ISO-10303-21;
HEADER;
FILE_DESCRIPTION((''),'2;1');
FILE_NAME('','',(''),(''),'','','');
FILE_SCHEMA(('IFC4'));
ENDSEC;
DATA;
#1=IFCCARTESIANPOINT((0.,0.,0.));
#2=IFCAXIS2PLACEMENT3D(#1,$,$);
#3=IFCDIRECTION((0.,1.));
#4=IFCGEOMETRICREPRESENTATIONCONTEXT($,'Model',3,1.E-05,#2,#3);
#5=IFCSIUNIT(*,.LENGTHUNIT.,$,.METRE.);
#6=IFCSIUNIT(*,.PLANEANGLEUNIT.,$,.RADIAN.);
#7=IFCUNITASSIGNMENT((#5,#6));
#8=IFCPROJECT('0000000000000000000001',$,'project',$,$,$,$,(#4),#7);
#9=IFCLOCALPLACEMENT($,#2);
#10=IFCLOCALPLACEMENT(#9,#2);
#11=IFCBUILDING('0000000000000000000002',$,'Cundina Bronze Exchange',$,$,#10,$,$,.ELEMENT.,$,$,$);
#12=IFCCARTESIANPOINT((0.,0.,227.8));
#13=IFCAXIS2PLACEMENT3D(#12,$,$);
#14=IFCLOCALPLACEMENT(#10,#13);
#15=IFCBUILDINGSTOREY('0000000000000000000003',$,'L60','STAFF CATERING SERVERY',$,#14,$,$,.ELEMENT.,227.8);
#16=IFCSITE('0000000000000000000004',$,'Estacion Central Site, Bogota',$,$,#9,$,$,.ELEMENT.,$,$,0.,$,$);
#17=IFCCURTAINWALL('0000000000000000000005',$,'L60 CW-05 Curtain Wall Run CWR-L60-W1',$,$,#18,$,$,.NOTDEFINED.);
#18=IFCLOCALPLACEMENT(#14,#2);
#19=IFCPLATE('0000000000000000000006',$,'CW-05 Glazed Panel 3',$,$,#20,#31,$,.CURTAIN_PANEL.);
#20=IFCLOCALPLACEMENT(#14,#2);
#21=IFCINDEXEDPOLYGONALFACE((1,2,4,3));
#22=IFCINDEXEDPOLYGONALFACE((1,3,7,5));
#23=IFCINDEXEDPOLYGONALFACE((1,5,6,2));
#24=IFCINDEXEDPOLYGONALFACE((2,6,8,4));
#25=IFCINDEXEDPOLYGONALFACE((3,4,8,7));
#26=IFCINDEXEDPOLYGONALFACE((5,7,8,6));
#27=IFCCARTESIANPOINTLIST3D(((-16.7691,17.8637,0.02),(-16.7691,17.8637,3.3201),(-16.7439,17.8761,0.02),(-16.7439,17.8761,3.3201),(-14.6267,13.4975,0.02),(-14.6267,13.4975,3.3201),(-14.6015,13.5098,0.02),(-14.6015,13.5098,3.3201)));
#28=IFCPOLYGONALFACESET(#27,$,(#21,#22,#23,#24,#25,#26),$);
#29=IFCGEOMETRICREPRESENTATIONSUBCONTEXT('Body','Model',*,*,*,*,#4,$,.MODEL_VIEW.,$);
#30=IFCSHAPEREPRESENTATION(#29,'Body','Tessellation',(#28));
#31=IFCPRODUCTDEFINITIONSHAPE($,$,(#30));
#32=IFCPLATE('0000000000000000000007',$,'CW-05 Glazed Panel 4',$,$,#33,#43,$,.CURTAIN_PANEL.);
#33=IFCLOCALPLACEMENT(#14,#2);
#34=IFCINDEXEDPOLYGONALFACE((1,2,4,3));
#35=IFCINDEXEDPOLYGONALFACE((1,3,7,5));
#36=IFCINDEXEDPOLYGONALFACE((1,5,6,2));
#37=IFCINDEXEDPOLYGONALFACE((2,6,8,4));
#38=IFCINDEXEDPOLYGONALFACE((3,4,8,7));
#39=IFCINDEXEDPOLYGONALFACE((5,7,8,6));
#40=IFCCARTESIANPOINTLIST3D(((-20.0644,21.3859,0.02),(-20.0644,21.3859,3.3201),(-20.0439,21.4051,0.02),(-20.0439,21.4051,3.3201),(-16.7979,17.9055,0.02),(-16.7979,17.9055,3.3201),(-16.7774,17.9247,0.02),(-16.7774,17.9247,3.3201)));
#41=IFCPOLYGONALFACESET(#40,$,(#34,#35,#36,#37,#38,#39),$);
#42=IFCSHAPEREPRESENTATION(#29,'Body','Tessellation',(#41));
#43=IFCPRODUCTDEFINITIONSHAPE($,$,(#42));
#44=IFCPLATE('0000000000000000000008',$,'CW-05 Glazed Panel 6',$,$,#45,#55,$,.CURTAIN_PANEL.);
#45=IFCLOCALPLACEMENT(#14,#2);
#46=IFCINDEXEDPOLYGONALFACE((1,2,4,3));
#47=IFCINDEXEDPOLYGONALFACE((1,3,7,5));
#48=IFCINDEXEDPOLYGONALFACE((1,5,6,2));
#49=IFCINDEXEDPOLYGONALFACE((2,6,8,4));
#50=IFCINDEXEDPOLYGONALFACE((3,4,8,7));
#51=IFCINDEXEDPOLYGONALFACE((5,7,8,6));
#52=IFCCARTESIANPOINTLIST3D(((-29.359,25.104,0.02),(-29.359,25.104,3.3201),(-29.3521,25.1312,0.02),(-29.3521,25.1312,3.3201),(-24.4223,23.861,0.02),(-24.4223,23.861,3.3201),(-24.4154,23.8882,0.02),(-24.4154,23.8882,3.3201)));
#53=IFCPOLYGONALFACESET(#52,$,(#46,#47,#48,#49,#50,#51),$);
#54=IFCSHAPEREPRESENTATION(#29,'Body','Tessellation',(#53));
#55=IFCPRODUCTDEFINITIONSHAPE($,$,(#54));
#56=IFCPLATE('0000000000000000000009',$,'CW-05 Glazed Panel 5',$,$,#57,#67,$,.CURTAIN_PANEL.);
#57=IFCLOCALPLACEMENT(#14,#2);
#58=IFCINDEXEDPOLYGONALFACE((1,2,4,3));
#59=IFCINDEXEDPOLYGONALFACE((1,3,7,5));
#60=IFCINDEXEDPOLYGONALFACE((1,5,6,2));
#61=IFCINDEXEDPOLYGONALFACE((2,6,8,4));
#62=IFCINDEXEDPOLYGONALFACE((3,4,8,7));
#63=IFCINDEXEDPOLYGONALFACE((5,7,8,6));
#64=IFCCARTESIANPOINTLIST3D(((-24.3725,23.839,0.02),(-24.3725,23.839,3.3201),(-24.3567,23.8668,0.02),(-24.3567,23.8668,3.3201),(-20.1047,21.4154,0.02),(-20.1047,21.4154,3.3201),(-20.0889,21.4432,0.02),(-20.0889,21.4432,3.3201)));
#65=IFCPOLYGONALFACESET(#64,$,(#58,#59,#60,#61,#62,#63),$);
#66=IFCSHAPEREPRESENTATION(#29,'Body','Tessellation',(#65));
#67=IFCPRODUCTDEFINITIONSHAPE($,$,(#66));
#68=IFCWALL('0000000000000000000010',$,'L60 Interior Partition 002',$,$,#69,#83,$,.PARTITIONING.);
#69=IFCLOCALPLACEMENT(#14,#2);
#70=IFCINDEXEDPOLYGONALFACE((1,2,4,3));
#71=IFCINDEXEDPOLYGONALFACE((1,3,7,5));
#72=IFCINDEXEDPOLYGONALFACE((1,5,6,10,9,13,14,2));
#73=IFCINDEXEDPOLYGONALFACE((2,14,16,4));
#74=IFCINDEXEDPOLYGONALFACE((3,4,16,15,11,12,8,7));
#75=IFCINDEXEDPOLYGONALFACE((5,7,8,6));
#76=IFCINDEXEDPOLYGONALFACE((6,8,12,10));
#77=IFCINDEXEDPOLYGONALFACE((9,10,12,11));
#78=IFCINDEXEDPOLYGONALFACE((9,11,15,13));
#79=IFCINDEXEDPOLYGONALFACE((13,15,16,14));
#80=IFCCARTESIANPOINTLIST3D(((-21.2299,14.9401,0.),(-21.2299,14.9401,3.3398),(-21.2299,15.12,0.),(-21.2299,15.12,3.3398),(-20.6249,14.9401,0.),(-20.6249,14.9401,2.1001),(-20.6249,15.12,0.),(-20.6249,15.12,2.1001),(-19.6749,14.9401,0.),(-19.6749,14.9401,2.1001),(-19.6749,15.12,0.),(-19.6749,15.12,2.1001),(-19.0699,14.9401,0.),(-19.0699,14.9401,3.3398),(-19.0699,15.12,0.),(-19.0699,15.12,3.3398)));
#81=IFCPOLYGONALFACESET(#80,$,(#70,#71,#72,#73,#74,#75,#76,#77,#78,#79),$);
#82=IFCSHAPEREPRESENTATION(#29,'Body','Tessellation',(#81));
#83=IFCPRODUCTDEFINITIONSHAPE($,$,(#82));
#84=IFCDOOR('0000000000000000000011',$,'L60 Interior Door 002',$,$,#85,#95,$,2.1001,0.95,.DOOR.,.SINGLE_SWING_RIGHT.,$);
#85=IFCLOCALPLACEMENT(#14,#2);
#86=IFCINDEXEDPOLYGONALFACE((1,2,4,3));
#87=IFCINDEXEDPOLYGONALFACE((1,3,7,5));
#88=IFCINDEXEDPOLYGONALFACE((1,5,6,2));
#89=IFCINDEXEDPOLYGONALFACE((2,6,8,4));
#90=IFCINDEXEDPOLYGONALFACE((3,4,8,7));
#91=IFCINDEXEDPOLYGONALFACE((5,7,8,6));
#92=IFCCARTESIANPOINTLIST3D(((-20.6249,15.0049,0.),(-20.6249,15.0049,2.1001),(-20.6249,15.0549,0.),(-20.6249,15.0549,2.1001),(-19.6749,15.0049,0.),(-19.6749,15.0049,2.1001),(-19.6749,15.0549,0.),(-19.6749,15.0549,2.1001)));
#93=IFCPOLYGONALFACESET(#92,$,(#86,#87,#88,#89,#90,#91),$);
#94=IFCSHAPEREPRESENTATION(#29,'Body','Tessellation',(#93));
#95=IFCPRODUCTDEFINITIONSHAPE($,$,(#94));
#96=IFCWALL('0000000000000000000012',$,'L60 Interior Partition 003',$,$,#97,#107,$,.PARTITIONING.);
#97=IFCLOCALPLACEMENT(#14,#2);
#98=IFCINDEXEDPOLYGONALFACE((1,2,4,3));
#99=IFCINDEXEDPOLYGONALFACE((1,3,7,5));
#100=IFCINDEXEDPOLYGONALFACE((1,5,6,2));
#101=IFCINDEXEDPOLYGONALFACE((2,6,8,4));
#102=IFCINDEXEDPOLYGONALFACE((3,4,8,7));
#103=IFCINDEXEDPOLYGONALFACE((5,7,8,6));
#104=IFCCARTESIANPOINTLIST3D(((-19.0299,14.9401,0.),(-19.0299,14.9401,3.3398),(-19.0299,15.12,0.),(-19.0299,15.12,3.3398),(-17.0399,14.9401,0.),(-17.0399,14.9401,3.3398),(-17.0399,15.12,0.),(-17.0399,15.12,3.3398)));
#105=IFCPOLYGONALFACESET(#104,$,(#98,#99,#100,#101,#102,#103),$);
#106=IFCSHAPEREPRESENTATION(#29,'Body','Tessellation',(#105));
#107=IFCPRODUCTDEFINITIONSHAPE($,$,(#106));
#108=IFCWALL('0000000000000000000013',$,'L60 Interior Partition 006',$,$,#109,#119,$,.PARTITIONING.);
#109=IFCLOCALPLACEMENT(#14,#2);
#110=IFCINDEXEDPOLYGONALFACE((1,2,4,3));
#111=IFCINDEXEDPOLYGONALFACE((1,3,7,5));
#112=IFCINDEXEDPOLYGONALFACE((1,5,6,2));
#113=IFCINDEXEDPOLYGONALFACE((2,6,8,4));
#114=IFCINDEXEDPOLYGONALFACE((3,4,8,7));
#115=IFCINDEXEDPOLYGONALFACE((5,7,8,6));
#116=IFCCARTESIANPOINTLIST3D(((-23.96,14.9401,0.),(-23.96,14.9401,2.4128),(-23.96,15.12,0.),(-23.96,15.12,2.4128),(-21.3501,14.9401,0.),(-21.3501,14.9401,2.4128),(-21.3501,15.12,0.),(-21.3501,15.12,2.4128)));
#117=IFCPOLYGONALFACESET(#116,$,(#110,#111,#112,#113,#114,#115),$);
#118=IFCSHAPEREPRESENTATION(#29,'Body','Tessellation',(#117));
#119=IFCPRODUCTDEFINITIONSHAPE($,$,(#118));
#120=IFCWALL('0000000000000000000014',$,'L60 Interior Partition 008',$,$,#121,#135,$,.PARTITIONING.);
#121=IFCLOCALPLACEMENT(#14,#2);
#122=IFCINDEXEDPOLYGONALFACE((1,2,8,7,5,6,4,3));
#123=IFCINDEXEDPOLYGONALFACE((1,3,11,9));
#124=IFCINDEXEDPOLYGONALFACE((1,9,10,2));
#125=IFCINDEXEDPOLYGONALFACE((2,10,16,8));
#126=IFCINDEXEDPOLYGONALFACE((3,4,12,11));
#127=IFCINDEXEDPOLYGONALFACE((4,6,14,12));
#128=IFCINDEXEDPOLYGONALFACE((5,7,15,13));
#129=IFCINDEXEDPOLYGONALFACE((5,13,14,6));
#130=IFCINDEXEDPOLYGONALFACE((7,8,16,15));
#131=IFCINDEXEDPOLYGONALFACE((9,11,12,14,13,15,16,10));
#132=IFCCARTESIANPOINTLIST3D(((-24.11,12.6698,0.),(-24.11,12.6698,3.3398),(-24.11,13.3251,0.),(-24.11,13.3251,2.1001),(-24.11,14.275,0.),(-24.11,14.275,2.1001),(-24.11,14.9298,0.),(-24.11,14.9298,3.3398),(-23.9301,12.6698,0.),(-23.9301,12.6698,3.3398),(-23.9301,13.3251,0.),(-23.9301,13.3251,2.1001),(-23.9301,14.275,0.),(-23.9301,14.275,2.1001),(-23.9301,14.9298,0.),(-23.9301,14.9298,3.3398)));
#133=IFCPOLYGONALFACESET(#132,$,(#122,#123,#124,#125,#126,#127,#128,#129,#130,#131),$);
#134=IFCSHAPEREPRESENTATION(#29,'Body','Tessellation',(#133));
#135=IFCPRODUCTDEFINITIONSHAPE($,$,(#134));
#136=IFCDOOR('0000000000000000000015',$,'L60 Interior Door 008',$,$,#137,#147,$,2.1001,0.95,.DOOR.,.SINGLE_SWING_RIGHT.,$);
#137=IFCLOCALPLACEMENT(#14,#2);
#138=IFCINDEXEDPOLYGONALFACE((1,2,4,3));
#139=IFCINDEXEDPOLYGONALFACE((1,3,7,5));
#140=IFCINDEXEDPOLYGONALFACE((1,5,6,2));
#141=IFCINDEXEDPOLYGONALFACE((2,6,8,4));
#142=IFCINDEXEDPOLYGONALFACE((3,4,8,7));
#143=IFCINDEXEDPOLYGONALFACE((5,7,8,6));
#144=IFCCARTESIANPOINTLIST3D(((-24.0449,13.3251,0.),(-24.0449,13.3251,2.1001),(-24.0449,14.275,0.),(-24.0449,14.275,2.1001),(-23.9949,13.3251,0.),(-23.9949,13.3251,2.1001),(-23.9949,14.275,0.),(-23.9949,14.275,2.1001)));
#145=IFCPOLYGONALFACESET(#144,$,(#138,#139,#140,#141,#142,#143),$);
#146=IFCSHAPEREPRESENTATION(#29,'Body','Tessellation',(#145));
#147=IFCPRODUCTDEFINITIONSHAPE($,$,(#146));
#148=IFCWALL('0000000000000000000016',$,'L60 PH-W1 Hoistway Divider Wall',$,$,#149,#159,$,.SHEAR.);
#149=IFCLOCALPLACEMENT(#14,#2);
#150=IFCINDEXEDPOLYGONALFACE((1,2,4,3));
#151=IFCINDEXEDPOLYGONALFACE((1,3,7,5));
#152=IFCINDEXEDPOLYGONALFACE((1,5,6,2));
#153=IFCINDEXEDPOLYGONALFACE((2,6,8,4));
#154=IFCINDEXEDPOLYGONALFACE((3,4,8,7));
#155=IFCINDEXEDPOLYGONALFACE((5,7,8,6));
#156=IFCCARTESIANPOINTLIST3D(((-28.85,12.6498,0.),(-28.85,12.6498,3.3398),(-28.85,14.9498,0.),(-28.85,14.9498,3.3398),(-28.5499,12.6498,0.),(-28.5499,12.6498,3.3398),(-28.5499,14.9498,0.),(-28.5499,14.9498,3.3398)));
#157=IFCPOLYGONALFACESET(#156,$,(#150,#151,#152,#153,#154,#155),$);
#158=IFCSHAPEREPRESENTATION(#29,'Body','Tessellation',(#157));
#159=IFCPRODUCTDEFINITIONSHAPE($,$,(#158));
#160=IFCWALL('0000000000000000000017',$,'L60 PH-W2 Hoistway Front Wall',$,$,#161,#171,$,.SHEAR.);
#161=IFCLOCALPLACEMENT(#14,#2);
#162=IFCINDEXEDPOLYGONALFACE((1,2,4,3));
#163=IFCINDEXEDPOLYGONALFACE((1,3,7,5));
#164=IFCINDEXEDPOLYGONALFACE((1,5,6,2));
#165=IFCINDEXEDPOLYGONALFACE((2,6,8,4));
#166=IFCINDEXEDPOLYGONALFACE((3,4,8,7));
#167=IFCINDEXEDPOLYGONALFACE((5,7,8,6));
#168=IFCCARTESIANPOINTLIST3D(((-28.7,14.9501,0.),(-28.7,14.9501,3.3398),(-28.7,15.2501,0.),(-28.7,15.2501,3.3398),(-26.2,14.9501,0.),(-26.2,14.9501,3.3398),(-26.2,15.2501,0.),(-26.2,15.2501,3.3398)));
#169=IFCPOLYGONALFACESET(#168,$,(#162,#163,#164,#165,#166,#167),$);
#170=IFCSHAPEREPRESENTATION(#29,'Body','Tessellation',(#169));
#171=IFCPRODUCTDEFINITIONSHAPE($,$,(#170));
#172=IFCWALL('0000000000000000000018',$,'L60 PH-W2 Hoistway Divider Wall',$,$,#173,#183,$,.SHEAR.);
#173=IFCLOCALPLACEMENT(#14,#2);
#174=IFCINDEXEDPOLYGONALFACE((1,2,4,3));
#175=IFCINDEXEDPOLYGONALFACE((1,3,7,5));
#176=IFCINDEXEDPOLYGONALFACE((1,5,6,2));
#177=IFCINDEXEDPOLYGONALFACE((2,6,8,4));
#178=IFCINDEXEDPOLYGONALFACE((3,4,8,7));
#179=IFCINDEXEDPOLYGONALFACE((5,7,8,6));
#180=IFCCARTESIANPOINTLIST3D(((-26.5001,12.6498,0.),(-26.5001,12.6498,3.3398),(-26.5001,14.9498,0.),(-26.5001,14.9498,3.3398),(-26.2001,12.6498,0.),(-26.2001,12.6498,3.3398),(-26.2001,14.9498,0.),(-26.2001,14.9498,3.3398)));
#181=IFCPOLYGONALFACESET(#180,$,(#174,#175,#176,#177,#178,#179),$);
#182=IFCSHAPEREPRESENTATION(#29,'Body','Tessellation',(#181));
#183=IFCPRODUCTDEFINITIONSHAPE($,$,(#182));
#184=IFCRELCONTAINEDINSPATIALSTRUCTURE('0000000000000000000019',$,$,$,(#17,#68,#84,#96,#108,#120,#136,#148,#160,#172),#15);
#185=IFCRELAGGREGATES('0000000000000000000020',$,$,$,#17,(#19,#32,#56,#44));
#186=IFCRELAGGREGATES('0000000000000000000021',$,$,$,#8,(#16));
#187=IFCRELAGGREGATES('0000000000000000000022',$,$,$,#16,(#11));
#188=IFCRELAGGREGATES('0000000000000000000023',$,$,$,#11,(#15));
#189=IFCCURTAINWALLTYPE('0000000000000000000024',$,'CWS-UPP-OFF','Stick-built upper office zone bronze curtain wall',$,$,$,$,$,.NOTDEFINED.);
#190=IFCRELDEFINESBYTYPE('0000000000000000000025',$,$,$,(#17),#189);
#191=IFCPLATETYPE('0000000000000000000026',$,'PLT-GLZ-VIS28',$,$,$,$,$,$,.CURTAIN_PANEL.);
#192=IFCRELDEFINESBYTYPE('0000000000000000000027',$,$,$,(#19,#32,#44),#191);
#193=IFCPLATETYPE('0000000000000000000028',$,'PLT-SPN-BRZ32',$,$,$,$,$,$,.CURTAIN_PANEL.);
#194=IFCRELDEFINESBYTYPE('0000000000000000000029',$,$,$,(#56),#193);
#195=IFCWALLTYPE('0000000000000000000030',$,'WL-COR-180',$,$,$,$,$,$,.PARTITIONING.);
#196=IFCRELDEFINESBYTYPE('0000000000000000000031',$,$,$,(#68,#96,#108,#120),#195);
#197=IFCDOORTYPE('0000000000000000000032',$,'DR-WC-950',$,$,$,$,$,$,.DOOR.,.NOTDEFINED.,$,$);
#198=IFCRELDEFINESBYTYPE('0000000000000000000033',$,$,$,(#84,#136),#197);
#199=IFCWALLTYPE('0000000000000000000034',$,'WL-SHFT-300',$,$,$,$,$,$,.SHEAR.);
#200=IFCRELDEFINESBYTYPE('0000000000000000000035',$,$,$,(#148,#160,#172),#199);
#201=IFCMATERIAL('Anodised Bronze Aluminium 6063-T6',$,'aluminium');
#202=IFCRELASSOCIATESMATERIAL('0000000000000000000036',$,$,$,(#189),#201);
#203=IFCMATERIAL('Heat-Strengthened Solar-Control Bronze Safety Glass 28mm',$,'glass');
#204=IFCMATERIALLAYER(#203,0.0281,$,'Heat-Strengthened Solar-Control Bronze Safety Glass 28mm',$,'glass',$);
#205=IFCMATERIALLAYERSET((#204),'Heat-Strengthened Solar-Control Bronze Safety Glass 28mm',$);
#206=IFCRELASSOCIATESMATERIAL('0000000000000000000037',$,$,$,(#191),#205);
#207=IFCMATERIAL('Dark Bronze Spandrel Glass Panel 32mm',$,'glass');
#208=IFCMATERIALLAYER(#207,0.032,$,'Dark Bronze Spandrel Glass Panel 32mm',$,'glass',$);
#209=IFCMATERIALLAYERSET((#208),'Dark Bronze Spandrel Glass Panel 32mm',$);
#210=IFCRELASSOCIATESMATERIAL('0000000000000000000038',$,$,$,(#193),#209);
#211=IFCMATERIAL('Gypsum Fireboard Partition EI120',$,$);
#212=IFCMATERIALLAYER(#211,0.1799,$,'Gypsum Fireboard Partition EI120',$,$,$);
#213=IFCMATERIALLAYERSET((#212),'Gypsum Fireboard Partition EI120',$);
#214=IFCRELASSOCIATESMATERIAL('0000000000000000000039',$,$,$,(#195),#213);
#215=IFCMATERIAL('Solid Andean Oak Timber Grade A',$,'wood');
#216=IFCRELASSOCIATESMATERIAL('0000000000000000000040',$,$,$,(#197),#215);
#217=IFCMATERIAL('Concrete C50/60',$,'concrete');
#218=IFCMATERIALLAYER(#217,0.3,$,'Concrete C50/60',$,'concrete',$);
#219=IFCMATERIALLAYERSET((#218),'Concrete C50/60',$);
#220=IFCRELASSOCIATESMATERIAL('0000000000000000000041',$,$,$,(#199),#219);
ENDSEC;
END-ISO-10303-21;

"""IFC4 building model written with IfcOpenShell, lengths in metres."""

from ifc_helpers import new_model, si_unit, direction, frame, frame_2d, origin, origin_2d, place, context, subcontext, project, spatial, rectangle, extrude, material, layer, layer_set, type_object, element, fill, aggregate, save


model = new_model("IFC4")

# Units and contexts
model_context = context("Model", 3, precision=1e-05, world=origin(), true_north=direction((0.0, 1.0)))
body_context = subcontext(model_context, "Body", "Model", "MODEL_VIEW")
ifc_project = project(units=[si_unit("LENGTHUNIT", "METRE"), si_unit("PLANEANGLEUNIT", "RADIAN")], contexts=[model_context])

# Site, building, storey
site_placement = place(None, origin())
site = spatial("IfcSite", under=ifc_project, at=site_placement, Name="Estacion Central Site, Bogota", CompositionType="ELEMENT", RefElevation=0.0)
building_placement = place(site_placement, origin())
building = spatial("IfcBuilding", under=site, at=building_placement, Name="Cundina Bronze Exchange", CompositionType="ELEMENT")
storey_placement = place(building_placement, frame((0.0, 0.0, 227.8)))
storey = spatial("IfcBuildingStorey", under=building, at=storey_placement, Name="L60", Description="STAFF CATERING SERVERY", CompositionType="ELEMENT", Elevation=227.8)

# Shared definitions
ifc_material_1 = material(Name="Concrete C50/60", Category="concrete")

# Curtain wall, plates
ifc_material_2 = material(Name="Anodised Bronze Aluminium 6063-T6", Category="aluminium")
curtain_wall_type = type_object("IfcCurtainWallType", Name="CWS-UPP-OFF", Description="Stick-built upper office zone bronze curtain wall", PredefinedType="NOTDEFINED", material=ifc_material_2)
curtain_wall_placement = place(storey_placement, origin())
curtain_wall = element("IfcCurtainWall", 1, at=curtain_wall_placement, inside=storey, type_object=curtain_wall_type, Name="L60 CW-05 Curtain Wall Run CWR-L60-W1", PredefinedType="NOTDEFINED")
ifc_material_3 = material(Name="Heat-Strengthened Solar-Control Bronze Safety Glass 28mm", Category="glass")
ifc_layer_1 = layer(ifc_material_3, 0.0281, Name="Heat-Strengthened Solar-Control Bronze Safety Glass 28mm", Category="glass")
ifc_layer_set_1 = layer_set([ifc_layer_1], Name="Heat-Strengthened Solar-Control Bronze Safety Glass 28mm")
plate_type_1 = type_object("IfcPlateType", Name="PLT-GLZ-VIS28", PredefinedType="CURTAIN_PANEL", material=ifc_layer_set_1)
plate_1_placement = place(storey_placement, frame((-15.6853, 15.6868, 0.02), z_axis=(0.0, 0.0, 1.0), x_axis=(-0.440503, 0.897751, 0.0)))
plate_1 = element("IfcPlate", 2, at=plate_1_placement, type_object=plate_type_1, Name="CW-05 Glazed Panel 3", PredefinedType="CURTAIN_PANEL", context=body_context, shape_type="SweptSolid", body=[
    extrude(rectangle(XDim=4.8635, YDim=0.0281, at=origin_2d()), origin(), (0.0, 0.0, 1.0), 3.3),
])
plate_2_placement = place(storey_placement, frame((-18.4209, 19.6553, 0.02), z_axis=(0.0, 0.0, 1.0), x_axis=(-0.684344, 0.72916, 0.0)))
plate_2 = element("IfcPlate", 3, at=plate_2_placement, type_object=plate_type_1, Name="CW-05 Glazed Panel 4", PredefinedType="CURTAIN_PANEL", context=body_context, shape_type="SweptSolid", body=[
    extrude(rectangle(XDim=4.7732, YDim=0.0281, at=origin_2d()), origin(), (0.0, 0.0, 1.0), 3.3),
])
plate_3_placement = place(storey_placement, frame((-26.8872, 24.4961, 0.02), z_axis=(0.0, 0.0, 1.0), x_axis=(-0.969732, 0.244174, 0.0)))
plate_3 = element("IfcPlate", 4, at=plate_3_placement, type_object=plate_type_1, Name="CW-05 Glazed Panel 6", PredefinedType="CURTAIN_PANEL", context=body_context, shape_type="SweptSolid", body=[
    extrude(rectangle(XDim=5.0908, YDim=0.0281, at=origin_2d()), origin(), (0.0, 0.0, 1.0), 3.3),
])
ifc_material_4 = material(Name="Dark Bronze Spandrel Glass Panel 32mm", Category="glass")
ifc_layer_2 = layer(ifc_material_4, 0.032, Name="Dark Bronze Spandrel Glass Panel 32mm", Category="glass")
ifc_layer_set_2 = layer_set([ifc_layer_2], Name="Dark Bronze Spandrel Glass Panel 32mm")
plate_type_2 = type_object("IfcPlateType", Name="PLT-SPN-BRZ32", PredefinedType="CURTAIN_PANEL", material=ifc_layer_set_2)
plate_4_placement = place(storey_placement, frame((-22.2307, 22.6411, 0.02), z_axis=(0.0, 0.0, 1.0), x_axis=(-0.869573, 0.493805, 0.0)))
plate_4 = element("IfcPlate", 5, at=plate_4_placement, type_object=plate_type_2, Name="CW-05 Glazed Panel 5", PredefinedType="CURTAIN_PANEL", context=body_context, shape_type="SweptSolid", body=[
    extrude(rectangle(XDim=4.908, YDim=0.032, at=origin_2d()), origin(), (0.0, 0.0, 1.0), 3.3),
])
aggregate(curtain_wall, [plate_1, plate_2, plate_4, plate_3])

# Wall, opening, door
ifc_material_5 = material(Name="Gypsum Fireboard Partition EI120")
ifc_layer_3 = layer(ifc_material_5, 0.1799, Name="Gypsum Fireboard Partition EI120")
ifc_layer_set_3 = layer_set([ifc_layer_3], Name="Gypsum Fireboard Partition EI120")
wall_type_1 = type_object("IfcWallType", Name="WL-COR-180", PredefinedType="PARTITIONING", material=ifc_layer_set_3)
wall_1_placement = place(storey_placement, frame((-21.23, 15.03, 0.0), z_axis=(0.0, 0.0, 1.0), x_axis=(1.0, 0.0, 0.0)))
wall_1 = element("IfcWall", 6, at=wall_1_placement, inside=storey, type_object=wall_type_1, Name="L60 Interior Partition 002", PredefinedType="PARTITIONING", context=body_context, shape_type="SweptSolid", body=[
    extrude(rectangle(XDim=2.1599, YDim=0.1799, at=frame_2d((1.0801, 0.0))), origin(), (0.0, 0.0, 1.0), 3.3398),
])
opening_1_placement = place(wall_1_placement, frame((0.605, 0.0, 0.0)))
opening_1 = element("IfcOpeningElement", 7, at=opening_1_placement, cuts=wall_1, PredefinedType="OPENING", context=body_context, shape_type="SweptSolid", body=[
    extrude(rectangle(XDim=0.95, YDim=2.1001, at=frame_2d((0.4751, 1.05))), frame((0.0, 0.0999, 0.0), z_axis=(0.0, -1.0, 0.0), x_axis=(1.0, 0.0, 0.0)), (0.0, 0.0, 1.0), 0.2),
])
ifc_material_6 = material(Name="Solid Andean Oak Timber Grade A", Category="wood")
door_type_1 = type_object("IfcDoorType", Name="DR-WC-950", OperationType="NOTDEFINED", PredefinedType="DOOR", material=ifc_material_6)
door_1_placement = place(opening_1_placement, origin())
door_1 = element("IfcDoor", 8, at=door_1_placement, inside=storey, type_object=door_type_1, Name="L60 Interior Door 002", OperationType="SINGLE_SWING_RIGHT", OverallHeight=2.1001, OverallWidth=0.95, PredefinedType="DOOR", context=body_context, shape_type="SweptSolid", body=[
    extrude(rectangle(XDim=0.95, YDim=2.1001, at=frame_2d((0.4751, 1.05))), frame((0.0, 0.0249, 0.0), z_axis=(0.0, -1.0, 0.0), x_axis=(1.0, 0.0, 0.0)), (0.0, 0.0, 1.0), 0.05),
])
fill(opening_1, door_1)

# Walls
wall_2_placement = place(storey_placement, frame((-19.03, 15.03, 0.0), z_axis=(0.0, 0.0, 1.0), x_axis=(1.0, 0.0, 0.0)))
element("IfcWall", 9, at=wall_2_placement, inside=storey, type_object=wall_type_1, Name="L60 Interior Partition 003", PredefinedType="PARTITIONING", context=body_context, shape_type="SweptSolid", body=[
    extrude(rectangle(XDim=1.99, YDim=0.1799, at=frame_2d((0.9951, 0.0))), origin(), (0.0, 0.0, 1.0), 3.3398),
])
wall_3_placement = place(storey_placement, frame((-23.96, 15.03, 0.0), z_axis=(0.0, 0.0, 1.0), x_axis=(1.0, 0.0, 0.0)))
element("IfcWall", 10, at=wall_3_placement, inside=storey, type_object=wall_type_1, Name="L60 Interior Partition 006", PredefinedType="PARTITIONING", context=body_context, shape_type="SweptSolid", body=[
    extrude(rectangle(XDim=2.6099, YDim=0.1799, at=frame_2d((1.3049, 0.0))), origin(), (0.0, 0.0, 1.0), 2.4128),
])

# Wall, opening, door
wall_4_placement = place(storey_placement, frame((-24.02, 12.6699, 0.0), z_axis=(0.0, 0.0, 1.0), x_axis=(0.0, 1.0, 0.0)))
wall_4 = element("IfcWall", 11, at=wall_4_placement, inside=storey, type_object=wall_type_1, Name="L60 Interior Partition 008", PredefinedType="PARTITIONING", context=body_context, shape_type="SweptSolid", body=[
    extrude(rectangle(XDim=2.26, YDim=0.1799, at=frame_2d((1.1299, 0.0))), origin(), (0.0, 0.0, 1.0), 3.3398),
])
opening_2_placement = place(wall_4_placement, frame((0.655, 0.0, 0.0)))
opening_2 = element("IfcOpeningElement", 12, at=opening_2_placement, cuts=wall_4, PredefinedType="OPENING", context=body_context, shape_type="SweptSolid", body=[
    extrude(rectangle(XDim=0.95, YDim=2.1001, at=frame_2d((0.4751, 1.05))), frame((0.0, 0.0999, 0.0), z_axis=(0.0, -1.0, 0.0), x_axis=(1.0, 0.0, 0.0)), (0.0, 0.0, 1.0), 0.2),
])
door_2_placement = place(opening_2_placement, origin())
door_2 = element("IfcDoor", 13, at=door_2_placement, inside=storey, type_object=door_type_1, Name="L60 Interior Door 008", OperationType="SINGLE_SWING_RIGHT", OverallHeight=2.1001, OverallWidth=0.95, PredefinedType="DOOR", context=body_context, shape_type="SweptSolid", body=[
    extrude(rectangle(XDim=0.95, YDim=2.1001, at=frame_2d((0.4751, 1.05))), frame((0.0, 0.0249, 0.0), z_axis=(0.0, -1.0, 0.0), x_axis=(1.0, 0.0, 0.0)), (0.0, 0.0, 1.0), 0.05),
])
fill(opening_2, door_2)
ifc_layer_4 = layer(ifc_material_1, 0.3, Name="Concrete C50/60", Category="concrete")
ifc_layer_set_4 = layer_set([ifc_layer_4], Name="Concrete C50/60")
wall_type_2 = type_object("IfcWallType", Name="WL-SHFT-300", PredefinedType="SHEAR", material=ifc_layer_set_4)

# Walls
wall_5_placement = place(storey_placement, frame((-28.7, 12.6499, 0.0), z_axis=(0.0, 0.0, 1.0), x_axis=(0.0, 1.0, 0.0)))
element("IfcWall", 14, at=wall_5_placement, inside=storey, type_object=wall_type_2, Name="L60 PH-W1 Hoistway Divider Wall", PredefinedType="SHEAR", context=body_context, shape_type="SweptSolid", body=[
    extrude(rectangle(XDim=2.3, YDim=0.3, at=frame_2d((1.1499, 0.0))), origin(), (0.0, 0.0, 1.0), 3.3398),
])
wall_6_placement = place(storey_placement, frame((-28.7, 15.1001, 0.0), z_axis=(0.0, 0.0, 1.0), x_axis=(1.0, 0.0, 0.0)))
element("IfcWall", 15, at=wall_6_placement, inside=storey, type_object=wall_type_2, Name="L60 PH-W2 Hoistway Front Wall", PredefinedType="SHEAR", context=body_context, shape_type="SweptSolid", body=[
    extrude(rectangle(XDim=2.5, YDim=0.3, at=frame_2d((1.25, 0.0))), origin(), (0.0, 0.0, 1.0), 3.3398),
])
wall_7_placement = place(storey_placement, frame((-26.3501, 12.6499, 0.0), z_axis=(0.0, 0.0, 1.0), x_axis=(0.0, 1.0, 0.0)))
element("IfcWall", 16, at=wall_7_placement, inside=storey, type_object=wall_type_2, Name="L60 PH-W2 Hoistway Divider Wall", PredefinedType="SHEAR", context=body_context, shape_type="SweptSolid", body=[
    extrude(rectangle(XDim=2.3, YDim=0.3, at=frame_2d((1.1499, 0.0))), origin(), (0.0, 0.0, 1.0), 3.3398),
])

save(model, "model.ifc")
